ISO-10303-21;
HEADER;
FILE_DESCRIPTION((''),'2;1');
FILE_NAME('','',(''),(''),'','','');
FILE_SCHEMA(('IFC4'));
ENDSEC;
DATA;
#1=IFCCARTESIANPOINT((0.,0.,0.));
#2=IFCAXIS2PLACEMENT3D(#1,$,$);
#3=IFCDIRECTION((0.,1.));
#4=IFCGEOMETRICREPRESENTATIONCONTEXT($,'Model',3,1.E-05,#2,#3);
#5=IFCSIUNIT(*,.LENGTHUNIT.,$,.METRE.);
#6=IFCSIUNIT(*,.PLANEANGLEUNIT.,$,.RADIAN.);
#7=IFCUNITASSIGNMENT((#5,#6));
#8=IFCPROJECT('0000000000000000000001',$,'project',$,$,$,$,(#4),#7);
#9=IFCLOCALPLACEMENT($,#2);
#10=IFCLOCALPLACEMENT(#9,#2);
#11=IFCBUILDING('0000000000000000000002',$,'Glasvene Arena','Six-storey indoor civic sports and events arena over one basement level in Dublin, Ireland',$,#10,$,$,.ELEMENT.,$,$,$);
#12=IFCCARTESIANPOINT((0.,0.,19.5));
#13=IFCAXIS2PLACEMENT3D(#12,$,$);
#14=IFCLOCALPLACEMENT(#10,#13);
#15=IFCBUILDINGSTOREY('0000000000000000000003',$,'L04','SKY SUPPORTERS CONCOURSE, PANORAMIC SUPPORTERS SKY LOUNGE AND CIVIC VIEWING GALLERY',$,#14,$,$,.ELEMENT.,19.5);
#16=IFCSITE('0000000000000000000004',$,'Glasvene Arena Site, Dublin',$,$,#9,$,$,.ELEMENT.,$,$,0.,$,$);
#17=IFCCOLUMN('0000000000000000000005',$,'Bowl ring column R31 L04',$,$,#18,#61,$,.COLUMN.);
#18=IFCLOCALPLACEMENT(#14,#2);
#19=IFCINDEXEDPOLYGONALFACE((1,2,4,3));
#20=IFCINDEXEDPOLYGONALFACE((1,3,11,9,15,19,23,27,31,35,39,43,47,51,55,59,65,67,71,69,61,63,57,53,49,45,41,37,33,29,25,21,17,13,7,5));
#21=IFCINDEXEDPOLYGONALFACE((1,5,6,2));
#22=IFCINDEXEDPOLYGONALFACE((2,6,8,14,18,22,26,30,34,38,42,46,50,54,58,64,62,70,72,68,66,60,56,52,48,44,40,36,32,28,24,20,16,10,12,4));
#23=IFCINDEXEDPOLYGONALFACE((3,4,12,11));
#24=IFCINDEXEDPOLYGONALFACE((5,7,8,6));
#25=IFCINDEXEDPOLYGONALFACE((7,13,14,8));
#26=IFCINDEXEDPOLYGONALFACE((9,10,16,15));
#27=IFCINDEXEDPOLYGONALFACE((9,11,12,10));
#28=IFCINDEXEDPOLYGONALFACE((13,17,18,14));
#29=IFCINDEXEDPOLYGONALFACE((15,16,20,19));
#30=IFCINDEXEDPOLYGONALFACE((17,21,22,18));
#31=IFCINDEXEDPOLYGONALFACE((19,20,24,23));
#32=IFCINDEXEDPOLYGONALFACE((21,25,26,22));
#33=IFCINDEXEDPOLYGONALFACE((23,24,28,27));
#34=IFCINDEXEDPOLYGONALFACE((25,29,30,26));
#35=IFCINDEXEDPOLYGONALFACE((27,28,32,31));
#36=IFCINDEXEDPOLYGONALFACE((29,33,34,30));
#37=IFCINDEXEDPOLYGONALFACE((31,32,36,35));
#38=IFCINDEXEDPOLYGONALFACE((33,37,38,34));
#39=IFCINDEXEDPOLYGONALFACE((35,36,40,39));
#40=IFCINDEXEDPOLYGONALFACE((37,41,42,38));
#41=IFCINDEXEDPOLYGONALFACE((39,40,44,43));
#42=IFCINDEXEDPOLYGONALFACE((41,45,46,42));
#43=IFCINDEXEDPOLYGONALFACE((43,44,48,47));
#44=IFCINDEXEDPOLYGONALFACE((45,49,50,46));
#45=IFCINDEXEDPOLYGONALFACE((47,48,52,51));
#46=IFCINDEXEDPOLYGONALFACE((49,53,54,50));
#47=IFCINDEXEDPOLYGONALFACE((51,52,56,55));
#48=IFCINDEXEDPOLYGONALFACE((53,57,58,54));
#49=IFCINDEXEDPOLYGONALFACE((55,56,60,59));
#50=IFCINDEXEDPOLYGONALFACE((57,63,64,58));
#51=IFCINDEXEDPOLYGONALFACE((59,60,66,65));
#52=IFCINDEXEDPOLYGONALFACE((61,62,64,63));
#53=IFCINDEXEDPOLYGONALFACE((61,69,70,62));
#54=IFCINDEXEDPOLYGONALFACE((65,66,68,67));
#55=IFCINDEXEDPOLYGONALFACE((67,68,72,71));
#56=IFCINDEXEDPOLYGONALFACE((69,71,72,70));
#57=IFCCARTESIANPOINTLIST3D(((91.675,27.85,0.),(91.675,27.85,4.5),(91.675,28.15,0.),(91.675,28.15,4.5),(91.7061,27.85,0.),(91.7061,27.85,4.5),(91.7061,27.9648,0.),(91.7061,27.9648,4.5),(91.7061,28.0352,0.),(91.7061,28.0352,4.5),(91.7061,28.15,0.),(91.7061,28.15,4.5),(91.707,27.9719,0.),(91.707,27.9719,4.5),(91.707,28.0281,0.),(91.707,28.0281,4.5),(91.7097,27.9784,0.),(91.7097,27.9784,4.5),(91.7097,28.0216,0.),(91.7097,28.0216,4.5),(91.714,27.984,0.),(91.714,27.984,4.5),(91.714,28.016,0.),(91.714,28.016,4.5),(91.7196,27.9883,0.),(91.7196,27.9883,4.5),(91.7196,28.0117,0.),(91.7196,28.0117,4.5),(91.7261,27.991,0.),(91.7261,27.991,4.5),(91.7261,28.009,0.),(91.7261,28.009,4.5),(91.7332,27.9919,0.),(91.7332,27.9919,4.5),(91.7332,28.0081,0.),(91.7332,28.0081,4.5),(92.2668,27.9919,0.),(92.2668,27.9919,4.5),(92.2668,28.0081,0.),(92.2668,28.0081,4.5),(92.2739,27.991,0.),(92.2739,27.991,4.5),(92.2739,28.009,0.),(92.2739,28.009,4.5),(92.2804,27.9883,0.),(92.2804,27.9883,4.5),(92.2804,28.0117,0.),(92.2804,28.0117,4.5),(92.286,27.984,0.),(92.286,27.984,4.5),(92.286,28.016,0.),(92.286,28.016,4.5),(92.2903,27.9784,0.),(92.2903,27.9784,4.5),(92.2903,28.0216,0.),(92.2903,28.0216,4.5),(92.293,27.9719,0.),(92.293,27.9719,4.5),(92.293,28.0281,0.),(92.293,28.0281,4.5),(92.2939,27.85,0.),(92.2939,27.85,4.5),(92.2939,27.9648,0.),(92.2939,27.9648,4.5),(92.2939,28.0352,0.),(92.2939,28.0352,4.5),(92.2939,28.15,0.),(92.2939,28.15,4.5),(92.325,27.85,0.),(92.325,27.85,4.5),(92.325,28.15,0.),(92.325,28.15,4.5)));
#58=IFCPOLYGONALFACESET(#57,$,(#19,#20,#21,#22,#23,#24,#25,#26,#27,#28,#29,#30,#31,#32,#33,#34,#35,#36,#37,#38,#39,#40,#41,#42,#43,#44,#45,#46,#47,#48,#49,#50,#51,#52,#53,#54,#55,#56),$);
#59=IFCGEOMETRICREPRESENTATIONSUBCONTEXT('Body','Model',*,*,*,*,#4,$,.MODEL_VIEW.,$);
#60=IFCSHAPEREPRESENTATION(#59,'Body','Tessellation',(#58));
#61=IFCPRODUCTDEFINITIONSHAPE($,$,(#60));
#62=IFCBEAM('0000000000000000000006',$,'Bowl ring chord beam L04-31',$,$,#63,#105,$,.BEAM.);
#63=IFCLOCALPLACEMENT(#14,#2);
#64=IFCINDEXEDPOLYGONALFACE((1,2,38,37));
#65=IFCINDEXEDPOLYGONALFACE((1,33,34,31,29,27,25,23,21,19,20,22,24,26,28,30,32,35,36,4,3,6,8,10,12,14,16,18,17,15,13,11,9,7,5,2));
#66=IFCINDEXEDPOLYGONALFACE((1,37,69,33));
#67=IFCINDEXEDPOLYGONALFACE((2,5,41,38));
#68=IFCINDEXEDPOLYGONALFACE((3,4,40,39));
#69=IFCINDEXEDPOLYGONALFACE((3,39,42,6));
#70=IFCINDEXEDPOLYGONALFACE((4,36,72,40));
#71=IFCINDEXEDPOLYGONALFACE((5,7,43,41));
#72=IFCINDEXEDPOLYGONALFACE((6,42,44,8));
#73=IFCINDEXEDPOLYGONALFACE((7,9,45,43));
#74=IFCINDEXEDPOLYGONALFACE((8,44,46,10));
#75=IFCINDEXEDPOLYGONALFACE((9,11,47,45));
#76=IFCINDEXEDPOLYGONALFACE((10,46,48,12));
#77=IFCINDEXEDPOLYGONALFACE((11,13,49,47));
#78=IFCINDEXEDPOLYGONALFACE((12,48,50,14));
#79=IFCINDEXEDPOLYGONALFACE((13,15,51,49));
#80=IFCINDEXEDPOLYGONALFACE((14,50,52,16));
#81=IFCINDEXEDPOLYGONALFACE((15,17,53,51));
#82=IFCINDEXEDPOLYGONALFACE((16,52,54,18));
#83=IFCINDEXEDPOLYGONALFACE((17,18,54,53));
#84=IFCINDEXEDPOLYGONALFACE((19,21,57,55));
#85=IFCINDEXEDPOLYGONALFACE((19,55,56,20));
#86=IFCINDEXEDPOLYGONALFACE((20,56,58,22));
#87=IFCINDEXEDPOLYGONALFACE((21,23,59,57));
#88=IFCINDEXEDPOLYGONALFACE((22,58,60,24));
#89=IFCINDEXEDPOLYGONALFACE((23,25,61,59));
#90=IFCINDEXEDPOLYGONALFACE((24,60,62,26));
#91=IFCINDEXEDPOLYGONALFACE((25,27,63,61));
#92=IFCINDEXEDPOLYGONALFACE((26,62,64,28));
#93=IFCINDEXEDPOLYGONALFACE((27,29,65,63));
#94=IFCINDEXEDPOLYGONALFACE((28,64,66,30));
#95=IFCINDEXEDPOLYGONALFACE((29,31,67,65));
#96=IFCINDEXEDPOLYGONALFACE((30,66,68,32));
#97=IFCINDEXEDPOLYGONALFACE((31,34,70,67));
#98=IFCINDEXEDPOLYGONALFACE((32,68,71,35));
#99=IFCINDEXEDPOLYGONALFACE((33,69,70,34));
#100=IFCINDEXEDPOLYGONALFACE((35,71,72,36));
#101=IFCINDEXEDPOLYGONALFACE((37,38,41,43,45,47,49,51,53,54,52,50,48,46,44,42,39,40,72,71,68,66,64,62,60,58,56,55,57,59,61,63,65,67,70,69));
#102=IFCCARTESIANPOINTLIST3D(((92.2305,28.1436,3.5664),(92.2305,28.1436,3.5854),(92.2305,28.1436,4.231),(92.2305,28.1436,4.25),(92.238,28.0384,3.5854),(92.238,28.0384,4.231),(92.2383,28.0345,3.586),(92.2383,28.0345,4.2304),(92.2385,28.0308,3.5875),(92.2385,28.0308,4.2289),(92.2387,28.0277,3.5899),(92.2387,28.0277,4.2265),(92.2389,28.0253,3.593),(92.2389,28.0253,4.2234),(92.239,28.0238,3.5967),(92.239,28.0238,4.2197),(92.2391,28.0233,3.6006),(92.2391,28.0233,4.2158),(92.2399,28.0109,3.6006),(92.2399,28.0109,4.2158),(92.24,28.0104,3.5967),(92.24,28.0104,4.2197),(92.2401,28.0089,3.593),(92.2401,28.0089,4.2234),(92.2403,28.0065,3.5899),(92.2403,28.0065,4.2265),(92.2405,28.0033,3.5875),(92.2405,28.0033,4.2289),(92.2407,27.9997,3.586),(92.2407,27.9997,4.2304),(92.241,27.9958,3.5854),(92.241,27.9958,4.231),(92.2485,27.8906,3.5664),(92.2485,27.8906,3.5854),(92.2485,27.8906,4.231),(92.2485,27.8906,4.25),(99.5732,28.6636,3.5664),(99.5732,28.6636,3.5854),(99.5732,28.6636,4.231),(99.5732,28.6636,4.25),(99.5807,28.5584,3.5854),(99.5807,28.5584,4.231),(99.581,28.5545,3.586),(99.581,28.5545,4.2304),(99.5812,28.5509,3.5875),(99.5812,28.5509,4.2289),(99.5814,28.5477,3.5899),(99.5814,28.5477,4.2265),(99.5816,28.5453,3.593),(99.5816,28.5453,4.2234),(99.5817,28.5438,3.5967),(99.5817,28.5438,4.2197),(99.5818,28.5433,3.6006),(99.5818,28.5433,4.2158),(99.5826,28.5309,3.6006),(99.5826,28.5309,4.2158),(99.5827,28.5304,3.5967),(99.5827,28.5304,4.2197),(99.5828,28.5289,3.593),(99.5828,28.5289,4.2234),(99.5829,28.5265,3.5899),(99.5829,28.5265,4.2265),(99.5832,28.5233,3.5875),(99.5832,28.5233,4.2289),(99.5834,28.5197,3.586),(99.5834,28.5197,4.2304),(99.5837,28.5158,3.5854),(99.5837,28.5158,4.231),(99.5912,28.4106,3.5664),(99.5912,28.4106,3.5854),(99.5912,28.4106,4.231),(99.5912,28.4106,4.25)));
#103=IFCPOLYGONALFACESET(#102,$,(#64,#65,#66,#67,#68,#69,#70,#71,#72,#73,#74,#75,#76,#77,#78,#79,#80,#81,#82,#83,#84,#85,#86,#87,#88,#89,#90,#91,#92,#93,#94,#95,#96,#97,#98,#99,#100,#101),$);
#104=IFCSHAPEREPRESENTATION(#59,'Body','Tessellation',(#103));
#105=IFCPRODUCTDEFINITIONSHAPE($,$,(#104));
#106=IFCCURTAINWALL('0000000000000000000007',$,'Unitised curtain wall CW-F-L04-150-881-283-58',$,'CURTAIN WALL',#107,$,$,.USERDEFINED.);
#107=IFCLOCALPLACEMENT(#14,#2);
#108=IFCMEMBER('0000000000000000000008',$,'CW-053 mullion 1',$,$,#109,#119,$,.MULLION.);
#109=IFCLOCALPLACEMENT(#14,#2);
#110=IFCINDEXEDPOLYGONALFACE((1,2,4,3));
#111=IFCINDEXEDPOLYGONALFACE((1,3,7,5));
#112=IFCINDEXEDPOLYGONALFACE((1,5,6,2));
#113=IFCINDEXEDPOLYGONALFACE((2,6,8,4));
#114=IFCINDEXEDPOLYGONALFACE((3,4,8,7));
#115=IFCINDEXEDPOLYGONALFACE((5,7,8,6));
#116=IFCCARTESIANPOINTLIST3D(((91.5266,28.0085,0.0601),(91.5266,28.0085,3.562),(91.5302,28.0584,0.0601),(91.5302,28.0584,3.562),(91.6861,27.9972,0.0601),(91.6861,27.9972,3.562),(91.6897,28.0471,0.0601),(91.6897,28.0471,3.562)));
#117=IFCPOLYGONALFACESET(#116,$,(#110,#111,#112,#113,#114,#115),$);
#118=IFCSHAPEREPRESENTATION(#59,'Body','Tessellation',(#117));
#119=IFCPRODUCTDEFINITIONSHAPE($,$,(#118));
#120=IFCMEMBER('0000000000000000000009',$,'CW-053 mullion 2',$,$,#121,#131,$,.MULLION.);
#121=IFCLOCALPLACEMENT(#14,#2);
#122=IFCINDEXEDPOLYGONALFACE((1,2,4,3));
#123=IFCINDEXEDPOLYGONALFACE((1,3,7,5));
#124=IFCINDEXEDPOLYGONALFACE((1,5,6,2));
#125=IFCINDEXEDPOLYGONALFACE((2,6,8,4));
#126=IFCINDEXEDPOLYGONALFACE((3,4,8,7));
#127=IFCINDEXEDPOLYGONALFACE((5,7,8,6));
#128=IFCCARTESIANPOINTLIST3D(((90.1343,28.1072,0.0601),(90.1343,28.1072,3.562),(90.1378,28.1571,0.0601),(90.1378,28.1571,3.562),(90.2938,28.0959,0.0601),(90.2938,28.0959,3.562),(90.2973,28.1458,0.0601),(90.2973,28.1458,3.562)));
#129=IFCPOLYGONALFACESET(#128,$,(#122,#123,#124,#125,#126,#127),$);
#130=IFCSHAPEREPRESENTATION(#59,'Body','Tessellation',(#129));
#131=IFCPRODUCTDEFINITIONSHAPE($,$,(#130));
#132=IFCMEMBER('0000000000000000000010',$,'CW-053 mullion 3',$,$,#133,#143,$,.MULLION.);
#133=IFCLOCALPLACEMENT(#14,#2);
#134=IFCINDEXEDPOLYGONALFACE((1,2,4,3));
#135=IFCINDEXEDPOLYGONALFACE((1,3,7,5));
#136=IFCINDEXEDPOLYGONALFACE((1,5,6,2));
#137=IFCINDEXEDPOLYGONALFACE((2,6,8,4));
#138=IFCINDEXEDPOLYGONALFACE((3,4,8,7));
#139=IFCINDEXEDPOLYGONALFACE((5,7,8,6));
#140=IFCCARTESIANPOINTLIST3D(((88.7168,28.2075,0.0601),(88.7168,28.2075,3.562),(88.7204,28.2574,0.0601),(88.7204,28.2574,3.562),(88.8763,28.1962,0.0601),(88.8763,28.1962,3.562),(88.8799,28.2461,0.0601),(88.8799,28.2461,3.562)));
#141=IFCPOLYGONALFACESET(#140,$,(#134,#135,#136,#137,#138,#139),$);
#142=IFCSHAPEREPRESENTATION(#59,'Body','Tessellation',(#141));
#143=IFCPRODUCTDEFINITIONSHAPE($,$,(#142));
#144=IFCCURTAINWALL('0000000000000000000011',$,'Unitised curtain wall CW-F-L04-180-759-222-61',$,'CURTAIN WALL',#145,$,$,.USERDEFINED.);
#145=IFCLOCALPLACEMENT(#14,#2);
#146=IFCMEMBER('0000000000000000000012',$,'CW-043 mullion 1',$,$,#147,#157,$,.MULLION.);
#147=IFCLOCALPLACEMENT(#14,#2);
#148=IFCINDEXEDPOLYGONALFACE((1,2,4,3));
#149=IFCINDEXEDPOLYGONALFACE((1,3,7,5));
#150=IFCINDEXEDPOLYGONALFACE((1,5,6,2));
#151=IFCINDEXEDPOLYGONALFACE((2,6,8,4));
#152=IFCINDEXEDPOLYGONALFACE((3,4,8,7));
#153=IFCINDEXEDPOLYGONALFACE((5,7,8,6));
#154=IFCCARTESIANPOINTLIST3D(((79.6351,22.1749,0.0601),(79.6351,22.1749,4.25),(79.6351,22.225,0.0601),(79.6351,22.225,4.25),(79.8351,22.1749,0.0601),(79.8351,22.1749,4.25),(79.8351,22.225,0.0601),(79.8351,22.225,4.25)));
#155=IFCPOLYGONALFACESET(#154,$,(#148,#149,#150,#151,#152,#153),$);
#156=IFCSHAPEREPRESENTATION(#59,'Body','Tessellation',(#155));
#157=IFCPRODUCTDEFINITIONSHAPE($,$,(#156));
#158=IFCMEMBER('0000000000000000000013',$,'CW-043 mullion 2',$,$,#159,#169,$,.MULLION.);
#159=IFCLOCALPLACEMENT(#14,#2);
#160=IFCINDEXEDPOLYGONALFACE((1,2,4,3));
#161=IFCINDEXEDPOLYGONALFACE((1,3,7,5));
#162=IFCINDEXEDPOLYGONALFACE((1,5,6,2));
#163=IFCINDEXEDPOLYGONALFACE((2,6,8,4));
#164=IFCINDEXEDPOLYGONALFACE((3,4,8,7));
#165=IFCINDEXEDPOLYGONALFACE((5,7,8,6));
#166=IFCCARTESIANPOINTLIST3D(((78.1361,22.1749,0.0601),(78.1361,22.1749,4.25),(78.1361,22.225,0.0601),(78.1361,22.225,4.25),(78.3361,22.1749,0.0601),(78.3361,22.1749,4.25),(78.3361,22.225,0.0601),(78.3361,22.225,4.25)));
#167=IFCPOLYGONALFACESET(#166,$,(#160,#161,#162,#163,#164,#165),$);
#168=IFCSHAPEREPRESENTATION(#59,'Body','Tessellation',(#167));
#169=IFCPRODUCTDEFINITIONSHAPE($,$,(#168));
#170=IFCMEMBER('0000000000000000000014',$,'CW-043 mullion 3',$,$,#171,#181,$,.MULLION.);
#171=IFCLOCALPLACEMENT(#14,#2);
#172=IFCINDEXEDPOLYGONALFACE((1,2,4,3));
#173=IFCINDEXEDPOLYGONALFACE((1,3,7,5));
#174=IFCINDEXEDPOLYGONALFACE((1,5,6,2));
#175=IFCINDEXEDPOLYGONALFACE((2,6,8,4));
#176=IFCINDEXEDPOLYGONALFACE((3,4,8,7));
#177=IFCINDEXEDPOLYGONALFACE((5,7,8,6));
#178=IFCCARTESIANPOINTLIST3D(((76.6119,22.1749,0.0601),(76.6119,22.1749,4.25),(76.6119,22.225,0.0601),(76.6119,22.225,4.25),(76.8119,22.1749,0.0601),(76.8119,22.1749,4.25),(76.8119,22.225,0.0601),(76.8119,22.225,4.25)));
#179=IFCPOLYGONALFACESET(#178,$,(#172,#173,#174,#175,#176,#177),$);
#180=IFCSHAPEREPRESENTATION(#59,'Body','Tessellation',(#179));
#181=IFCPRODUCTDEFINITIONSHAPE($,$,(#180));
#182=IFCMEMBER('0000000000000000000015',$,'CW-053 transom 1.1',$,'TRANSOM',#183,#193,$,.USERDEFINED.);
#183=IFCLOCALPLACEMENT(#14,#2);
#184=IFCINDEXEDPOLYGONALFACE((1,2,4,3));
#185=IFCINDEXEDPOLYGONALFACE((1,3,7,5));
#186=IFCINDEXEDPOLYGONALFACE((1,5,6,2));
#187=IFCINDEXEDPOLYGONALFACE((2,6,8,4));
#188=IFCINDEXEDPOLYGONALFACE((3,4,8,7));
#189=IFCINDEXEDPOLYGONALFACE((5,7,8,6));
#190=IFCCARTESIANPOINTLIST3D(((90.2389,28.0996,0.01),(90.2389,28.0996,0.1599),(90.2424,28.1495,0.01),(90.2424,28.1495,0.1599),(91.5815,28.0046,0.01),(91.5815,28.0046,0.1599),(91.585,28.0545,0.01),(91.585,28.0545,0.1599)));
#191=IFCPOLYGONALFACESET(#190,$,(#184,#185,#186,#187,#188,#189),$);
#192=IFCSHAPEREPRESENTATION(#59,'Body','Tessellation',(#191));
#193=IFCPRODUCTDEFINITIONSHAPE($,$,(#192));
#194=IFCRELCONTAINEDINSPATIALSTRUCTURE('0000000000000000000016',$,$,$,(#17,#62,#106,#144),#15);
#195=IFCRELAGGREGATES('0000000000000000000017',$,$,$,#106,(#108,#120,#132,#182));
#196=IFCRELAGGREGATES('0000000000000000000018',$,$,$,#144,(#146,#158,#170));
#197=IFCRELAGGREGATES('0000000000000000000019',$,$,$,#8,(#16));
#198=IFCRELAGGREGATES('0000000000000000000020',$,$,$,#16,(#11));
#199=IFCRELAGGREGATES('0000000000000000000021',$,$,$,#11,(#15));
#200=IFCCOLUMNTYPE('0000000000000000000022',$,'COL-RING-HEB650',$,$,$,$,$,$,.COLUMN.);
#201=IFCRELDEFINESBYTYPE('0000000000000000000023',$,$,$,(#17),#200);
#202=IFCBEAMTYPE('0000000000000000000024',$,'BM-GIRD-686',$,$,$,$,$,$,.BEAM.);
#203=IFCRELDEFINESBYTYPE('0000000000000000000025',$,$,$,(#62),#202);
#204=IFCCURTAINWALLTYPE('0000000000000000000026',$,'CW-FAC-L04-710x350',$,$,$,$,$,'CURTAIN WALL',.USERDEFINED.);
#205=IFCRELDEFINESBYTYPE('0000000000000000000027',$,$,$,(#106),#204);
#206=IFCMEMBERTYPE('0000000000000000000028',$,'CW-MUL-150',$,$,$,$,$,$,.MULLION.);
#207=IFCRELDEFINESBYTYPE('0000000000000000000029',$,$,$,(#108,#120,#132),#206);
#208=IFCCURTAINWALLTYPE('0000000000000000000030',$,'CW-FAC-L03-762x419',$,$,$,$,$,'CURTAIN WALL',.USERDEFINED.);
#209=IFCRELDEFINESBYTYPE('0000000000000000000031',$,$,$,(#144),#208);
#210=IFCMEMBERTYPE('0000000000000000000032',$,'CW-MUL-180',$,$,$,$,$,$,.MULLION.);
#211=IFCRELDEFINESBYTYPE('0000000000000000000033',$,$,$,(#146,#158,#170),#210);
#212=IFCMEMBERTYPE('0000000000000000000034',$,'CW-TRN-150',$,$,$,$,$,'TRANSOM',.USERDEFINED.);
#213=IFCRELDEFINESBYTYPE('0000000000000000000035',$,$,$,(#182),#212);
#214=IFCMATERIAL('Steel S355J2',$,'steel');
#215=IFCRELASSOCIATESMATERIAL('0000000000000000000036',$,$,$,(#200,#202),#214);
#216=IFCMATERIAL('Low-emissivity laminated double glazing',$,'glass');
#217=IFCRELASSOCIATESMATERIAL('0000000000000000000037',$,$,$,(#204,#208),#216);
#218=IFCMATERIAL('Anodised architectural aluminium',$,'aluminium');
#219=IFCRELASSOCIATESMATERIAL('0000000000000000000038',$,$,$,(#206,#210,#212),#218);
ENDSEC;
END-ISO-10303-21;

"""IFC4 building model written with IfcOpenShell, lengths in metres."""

from ifc_helpers import new_model, si_unit, direction, frame, origin, origin_2d, place, context, subcontext, project, spatial, rectangle, i_section, extrude, material, material_profile, profile_set, type_object, element, aggregate, save


model = new_model("IFC4")

# Units and contexts
model_context = context("Model", 3, precision=1e-05, world=origin(), true_north=direction((0.0, 1.0)))
body_context = subcontext(model_context, "Body", "Model", "MODEL_VIEW")
ifc_project = project(units=[si_unit("LENGTHUNIT", "METRE"), si_unit("PLANEANGLEUNIT", "RADIAN")], contexts=[model_context])

# Site, building, storey
site_placement = place(None, origin())
site = spatial("IfcSite", under=ifc_project, at=site_placement, Name="Glasvene Arena Site, Dublin", CompositionType="ELEMENT", RefElevation=0.0)
building_placement = place(site_placement, origin())
building = spatial("IfcBuilding", under=site, at=building_placement, Name="Glasvene Arena", Description="Six-storey indoor civic sports and events arena over one basement level in Dublin, Ireland", CompositionType="ELEMENT")
storey_placement = place(building_placement, frame((0.0, 0.0, 19.5)))
storey = spatial("IfcBuildingStorey", under=building, at=storey_placement, Name="L04", Description="SKY SUPPORTERS CONCOURSE, PANORAMIC SUPPORTERS SKY LOUNGE AND CIVIC VIEWING GALLERY", CompositionType="ELEMENT", Elevation=19.5)

# Column
ifc_material_1 = material(Name="Steel S355J2", Category="steel")
ifc_material_profile_1 = material_profile(ifc_material_1, i_section(OverallWidth=0.3, OverallDepth=0.6499, WebThickness=0.0161, FlangeThickness=0.031, FilletRadius=0.0271, at=origin_2d()), Name="HEB 650")
ifc_profile_set_1 = profile_set([ifc_material_profile_1], Name="Steel S355J2")
column_type = type_object("IfcColumnType", Name="COL-RING-HEB650", PredefinedType="COLUMN", material=ifc_profile_set_1)
column_placement = place(storey_placement, frame((92.0, 28.0, 0.0), z_axis=(0.0, 0.0, 1.0), x_axis=(0.0, -1.0, 0.0)))
element("IfcColumn", 1, at=column_placement, inside=storey, type_object=column_type, Name="Bowl ring column R31 L04", PredefinedType="COLUMN", context=body_context, shape_type="SweptSolid", body=[
    extrude(i_section(OverallWidth=0.3, OverallDepth=0.6499, WebThickness=0.0161, FlangeThickness=0.031, FilletRadius=0.0271, at=origin_2d()), origin(), (0.0, 0.0, 1.0), 4.5),
])

# Beam
ifc_material_profile_2 = material_profile(ifc_material_1, i_section(OverallWidth=0.2537, OverallDepth=0.6836, WebThickness=0.0125, FlangeThickness=0.019, FilletRadius=0.0151, at=origin_2d()), Name="UKB 686x254x140")
ifc_profile_set_2 = profile_set([ifc_material_profile_2], Name="Steel S355J2")
beam_type = type_object("IfcBeamType", Name="BM-GIRD-686", PredefinedType="BEAM", material=ifc_profile_set_2)
beam_placement = place(storey_placement, frame((92.2395, 28.0171, 3.9082), z_axis=(0.997502, 0.070644, 0.0), x_axis=(-0.070644, 0.997502, 0.0)))
element("IfcBeam", 2, at=beam_placement, inside=storey, type_object=beam_type, Name="Bowl ring chord beam L04-31", PredefinedType="BEAM", context=body_context, shape_type="SweptSolid", body=[
    extrude(i_section(OverallWidth=0.2537, OverallDepth=0.6836, WebThickness=0.0125, FlangeThickness=0.019, FilletRadius=0.0151, at=origin_2d()), origin(), (0.0, 0.0, 1.0), 7.3611),
])

# Curtain walls, members
ifc_material_2 = material(Name="Low-emissivity laminated double glazing", Category="glass")
curtain_wall_type_1 = type_object("IfcCurtainWallType", Name="CW-FAC-L04-710x350", ElementType="CURTAIN WALL", PredefinedType="USERDEFINED", material=ifc_material_2)
curtain_wall_1_placement = place(storey_placement, frame((91.6331, 28.0259, 0.0)))
curtain_wall_1 = element("IfcCurtainWall", 3, at=curtain_wall_1_placement, inside=storey, type_object=curtain_wall_type_1, Name="Unitised curtain wall CW-F-L04-150-881-283-58", ObjectType="CURTAIN WALL", PredefinedType="USERDEFINED")
ifc_material_3 = material(Name="Anodised architectural aluminium", Category="aluminium")
ifc_material_profile_3 = material_profile(ifc_material_3, rectangle(XDim=0.05, YDim=0.1599, at=origin_2d()), Name="ALU MULLION 50x160")
ifc_profile_set_3 = profile_set([ifc_material_profile_3], Name="Anodised architectural aluminium")
member_type_1 = type_object("IfcMemberType", Name="CW-MUL-150", PredefinedType="MULLION", material=ifc_profile_set_3)
member_1_placement = place(storey_placement, frame((91.6082, 28.0278, 0.0601), z_axis=(0.0, 0.0, 1.0), x_axis=(-0.070657, -0.997501, 0.0)))
member_1 = element("IfcMember", 4, at=member_1_placement, type_object=member_type_1, Name="CW-053 mullion 1", PredefinedType="MULLION", context=body_context, shape_type="SweptSolid", body=[
    extrude(rectangle(XDim=0.05, YDim=0.1599, at=origin_2d()), origin(), (0.0, 0.0, 1.0), 3.502),
])
member_2_placement = place(storey_placement, frame((90.2158, 28.1265, 0.0601), z_axis=(0.0, 0.0, 1.0), x_axis=(-0.070657, -0.997501, 0.0)))
member_2 = element("IfcMember", 5, at=member_2_placement, type_object=member_type_1, Name="CW-053 mullion 2", PredefinedType="MULLION", context=body_context, shape_type="SweptSolid", body=[
    extrude(rectangle(XDim=0.05, YDim=0.1599, at=origin_2d()), origin(), (0.0, 0.0, 1.0), 3.502),
])
member_3_placement = place(storey_placement, frame((88.7983, 28.2268, 0.0601), z_axis=(0.0, 0.0, 1.0), x_axis=(-0.070657, -0.997501, 0.0)))
member_3 = element("IfcMember", 6, at=member_3_placement, type_object=member_type_1, Name="CW-053 mullion 3", PredefinedType="MULLION", context=body_context, shape_type="SweptSolid", body=[
    extrude(rectangle(XDim=0.05, YDim=0.1599, at=origin_2d()), origin(), (0.0, 0.0, 1.0), 3.502),
])
curtain_wall_type_2 = type_object("IfcCurtainWallType", Name="CW-FAC-L03-762x419", ElementType="CURTAIN WALL", PredefinedType="USERDEFINED", material=ifc_material_2)
curtain_wall_2_placement = place(storey_placement, frame((79.76, 22.2, 0.0)))
curtain_wall_2 = element("IfcCurtainWall", 7, at=curtain_wall_2_placement, inside=storey, type_object=curtain_wall_type_2, Name="Unitised curtain wall CW-F-L04-180-759-222-61", ObjectType="CURTAIN WALL", PredefinedType="USERDEFINED")
ifc_material_profile_4 = material_profile(ifc_material_3, rectangle(XDim=0.05, YDim=0.2, at=origin_2d()), Name="ALU MULLION 50x200")
ifc_profile_set_4 = profile_set([ifc_material_profile_4], Name="Anodised architectural aluminium")
member_type_2 = type_object("IfcMemberType", Name="CW-MUL-180", PredefinedType="MULLION", material=ifc_profile_set_4)
member_4_placement = place(storey_placement, frame((79.7351, 22.2, 0.0601), z_axis=(0.0, 0.0, 1.0), x_axis=(0.0, -1.0, 0.0)))
member_4 = element("IfcMember", 8, at=member_4_placement, type_object=member_type_2, Name="CW-043 mullion 1", PredefinedType="MULLION", context=body_context, shape_type="SweptSolid", body=[
    extrude(rectangle(XDim=0.05, YDim=0.2, at=origin_2d()), origin(), (0.0, 0.0, 1.0), 4.1899),
])
member_5_placement = place(storey_placement, frame((78.2361, 22.2, 0.0601), z_axis=(0.0, 0.0, 1.0), x_axis=(0.0, -1.0, 0.0)))
member_5 = element("IfcMember", 9, at=member_5_placement, type_object=member_type_2, Name="CW-043 mullion 2", PredefinedType="MULLION", context=body_context, shape_type="SweptSolid", body=[
    extrude(rectangle(XDim=0.05, YDim=0.2, at=origin_2d()), origin(), (0.0, 0.0, 1.0), 4.1899),
])
member_6_placement = place(storey_placement, frame((76.7119, 22.2, 0.0601), z_axis=(0.0, 0.0, 1.0), x_axis=(0.0, -1.0, 0.0)))
member_6 = element("IfcMember", 10, at=member_6_placement, type_object=member_type_2, Name="CW-043 mullion 3", PredefinedType="MULLION", context=body_context, shape_type="SweptSolid", body=[
    extrude(rectangle(XDim=0.05, YDim=0.2, at=origin_2d()), origin(), (0.0, 0.0, 1.0), 4.1899),
])

# Member
ifc_material_profile_5 = material_profile(ifc_material_3, rectangle(XDim=0.05, YDim=0.1499, at=origin_2d()), Name="ALU TRANSOM 50x150")
ifc_profile_set_5 = profile_set([ifc_material_profile_5], Name="Anodised architectural aluminium")
member_type_3 = type_object("IfcMemberType", Name="CW-TRN-150", ElementType="TRANSOM", PredefinedType="USERDEFINED", material=ifc_profile_set_5)
member_7_placement = place(storey_placement, frame((91.5833, 28.0295, 0.085), z_axis=(-0.997507, 0.070564, 0.0), x_axis=(-0.070564, -0.997507, 0.0)))
member_7 = element("IfcMember", 11, at=member_7_placement, type_object=member_type_3, Name="CW-053 transom 1.1", ObjectType="TRANSOM", PredefinedType="USERDEFINED", context=body_context, shape_type="SweptSolid", body=[
    extrude(rectangle(XDim=0.05, YDim=0.1499, at=origin_2d()), origin(), (0.0, 0.0, 1.0), 1.3459),
])

aggregate(curtain_wall_1, [member_1, member_2, member_3, member_7])
aggregate(curtain_wall_2, [member_4, member_5, member_6])

save(model, "model.ifc")
